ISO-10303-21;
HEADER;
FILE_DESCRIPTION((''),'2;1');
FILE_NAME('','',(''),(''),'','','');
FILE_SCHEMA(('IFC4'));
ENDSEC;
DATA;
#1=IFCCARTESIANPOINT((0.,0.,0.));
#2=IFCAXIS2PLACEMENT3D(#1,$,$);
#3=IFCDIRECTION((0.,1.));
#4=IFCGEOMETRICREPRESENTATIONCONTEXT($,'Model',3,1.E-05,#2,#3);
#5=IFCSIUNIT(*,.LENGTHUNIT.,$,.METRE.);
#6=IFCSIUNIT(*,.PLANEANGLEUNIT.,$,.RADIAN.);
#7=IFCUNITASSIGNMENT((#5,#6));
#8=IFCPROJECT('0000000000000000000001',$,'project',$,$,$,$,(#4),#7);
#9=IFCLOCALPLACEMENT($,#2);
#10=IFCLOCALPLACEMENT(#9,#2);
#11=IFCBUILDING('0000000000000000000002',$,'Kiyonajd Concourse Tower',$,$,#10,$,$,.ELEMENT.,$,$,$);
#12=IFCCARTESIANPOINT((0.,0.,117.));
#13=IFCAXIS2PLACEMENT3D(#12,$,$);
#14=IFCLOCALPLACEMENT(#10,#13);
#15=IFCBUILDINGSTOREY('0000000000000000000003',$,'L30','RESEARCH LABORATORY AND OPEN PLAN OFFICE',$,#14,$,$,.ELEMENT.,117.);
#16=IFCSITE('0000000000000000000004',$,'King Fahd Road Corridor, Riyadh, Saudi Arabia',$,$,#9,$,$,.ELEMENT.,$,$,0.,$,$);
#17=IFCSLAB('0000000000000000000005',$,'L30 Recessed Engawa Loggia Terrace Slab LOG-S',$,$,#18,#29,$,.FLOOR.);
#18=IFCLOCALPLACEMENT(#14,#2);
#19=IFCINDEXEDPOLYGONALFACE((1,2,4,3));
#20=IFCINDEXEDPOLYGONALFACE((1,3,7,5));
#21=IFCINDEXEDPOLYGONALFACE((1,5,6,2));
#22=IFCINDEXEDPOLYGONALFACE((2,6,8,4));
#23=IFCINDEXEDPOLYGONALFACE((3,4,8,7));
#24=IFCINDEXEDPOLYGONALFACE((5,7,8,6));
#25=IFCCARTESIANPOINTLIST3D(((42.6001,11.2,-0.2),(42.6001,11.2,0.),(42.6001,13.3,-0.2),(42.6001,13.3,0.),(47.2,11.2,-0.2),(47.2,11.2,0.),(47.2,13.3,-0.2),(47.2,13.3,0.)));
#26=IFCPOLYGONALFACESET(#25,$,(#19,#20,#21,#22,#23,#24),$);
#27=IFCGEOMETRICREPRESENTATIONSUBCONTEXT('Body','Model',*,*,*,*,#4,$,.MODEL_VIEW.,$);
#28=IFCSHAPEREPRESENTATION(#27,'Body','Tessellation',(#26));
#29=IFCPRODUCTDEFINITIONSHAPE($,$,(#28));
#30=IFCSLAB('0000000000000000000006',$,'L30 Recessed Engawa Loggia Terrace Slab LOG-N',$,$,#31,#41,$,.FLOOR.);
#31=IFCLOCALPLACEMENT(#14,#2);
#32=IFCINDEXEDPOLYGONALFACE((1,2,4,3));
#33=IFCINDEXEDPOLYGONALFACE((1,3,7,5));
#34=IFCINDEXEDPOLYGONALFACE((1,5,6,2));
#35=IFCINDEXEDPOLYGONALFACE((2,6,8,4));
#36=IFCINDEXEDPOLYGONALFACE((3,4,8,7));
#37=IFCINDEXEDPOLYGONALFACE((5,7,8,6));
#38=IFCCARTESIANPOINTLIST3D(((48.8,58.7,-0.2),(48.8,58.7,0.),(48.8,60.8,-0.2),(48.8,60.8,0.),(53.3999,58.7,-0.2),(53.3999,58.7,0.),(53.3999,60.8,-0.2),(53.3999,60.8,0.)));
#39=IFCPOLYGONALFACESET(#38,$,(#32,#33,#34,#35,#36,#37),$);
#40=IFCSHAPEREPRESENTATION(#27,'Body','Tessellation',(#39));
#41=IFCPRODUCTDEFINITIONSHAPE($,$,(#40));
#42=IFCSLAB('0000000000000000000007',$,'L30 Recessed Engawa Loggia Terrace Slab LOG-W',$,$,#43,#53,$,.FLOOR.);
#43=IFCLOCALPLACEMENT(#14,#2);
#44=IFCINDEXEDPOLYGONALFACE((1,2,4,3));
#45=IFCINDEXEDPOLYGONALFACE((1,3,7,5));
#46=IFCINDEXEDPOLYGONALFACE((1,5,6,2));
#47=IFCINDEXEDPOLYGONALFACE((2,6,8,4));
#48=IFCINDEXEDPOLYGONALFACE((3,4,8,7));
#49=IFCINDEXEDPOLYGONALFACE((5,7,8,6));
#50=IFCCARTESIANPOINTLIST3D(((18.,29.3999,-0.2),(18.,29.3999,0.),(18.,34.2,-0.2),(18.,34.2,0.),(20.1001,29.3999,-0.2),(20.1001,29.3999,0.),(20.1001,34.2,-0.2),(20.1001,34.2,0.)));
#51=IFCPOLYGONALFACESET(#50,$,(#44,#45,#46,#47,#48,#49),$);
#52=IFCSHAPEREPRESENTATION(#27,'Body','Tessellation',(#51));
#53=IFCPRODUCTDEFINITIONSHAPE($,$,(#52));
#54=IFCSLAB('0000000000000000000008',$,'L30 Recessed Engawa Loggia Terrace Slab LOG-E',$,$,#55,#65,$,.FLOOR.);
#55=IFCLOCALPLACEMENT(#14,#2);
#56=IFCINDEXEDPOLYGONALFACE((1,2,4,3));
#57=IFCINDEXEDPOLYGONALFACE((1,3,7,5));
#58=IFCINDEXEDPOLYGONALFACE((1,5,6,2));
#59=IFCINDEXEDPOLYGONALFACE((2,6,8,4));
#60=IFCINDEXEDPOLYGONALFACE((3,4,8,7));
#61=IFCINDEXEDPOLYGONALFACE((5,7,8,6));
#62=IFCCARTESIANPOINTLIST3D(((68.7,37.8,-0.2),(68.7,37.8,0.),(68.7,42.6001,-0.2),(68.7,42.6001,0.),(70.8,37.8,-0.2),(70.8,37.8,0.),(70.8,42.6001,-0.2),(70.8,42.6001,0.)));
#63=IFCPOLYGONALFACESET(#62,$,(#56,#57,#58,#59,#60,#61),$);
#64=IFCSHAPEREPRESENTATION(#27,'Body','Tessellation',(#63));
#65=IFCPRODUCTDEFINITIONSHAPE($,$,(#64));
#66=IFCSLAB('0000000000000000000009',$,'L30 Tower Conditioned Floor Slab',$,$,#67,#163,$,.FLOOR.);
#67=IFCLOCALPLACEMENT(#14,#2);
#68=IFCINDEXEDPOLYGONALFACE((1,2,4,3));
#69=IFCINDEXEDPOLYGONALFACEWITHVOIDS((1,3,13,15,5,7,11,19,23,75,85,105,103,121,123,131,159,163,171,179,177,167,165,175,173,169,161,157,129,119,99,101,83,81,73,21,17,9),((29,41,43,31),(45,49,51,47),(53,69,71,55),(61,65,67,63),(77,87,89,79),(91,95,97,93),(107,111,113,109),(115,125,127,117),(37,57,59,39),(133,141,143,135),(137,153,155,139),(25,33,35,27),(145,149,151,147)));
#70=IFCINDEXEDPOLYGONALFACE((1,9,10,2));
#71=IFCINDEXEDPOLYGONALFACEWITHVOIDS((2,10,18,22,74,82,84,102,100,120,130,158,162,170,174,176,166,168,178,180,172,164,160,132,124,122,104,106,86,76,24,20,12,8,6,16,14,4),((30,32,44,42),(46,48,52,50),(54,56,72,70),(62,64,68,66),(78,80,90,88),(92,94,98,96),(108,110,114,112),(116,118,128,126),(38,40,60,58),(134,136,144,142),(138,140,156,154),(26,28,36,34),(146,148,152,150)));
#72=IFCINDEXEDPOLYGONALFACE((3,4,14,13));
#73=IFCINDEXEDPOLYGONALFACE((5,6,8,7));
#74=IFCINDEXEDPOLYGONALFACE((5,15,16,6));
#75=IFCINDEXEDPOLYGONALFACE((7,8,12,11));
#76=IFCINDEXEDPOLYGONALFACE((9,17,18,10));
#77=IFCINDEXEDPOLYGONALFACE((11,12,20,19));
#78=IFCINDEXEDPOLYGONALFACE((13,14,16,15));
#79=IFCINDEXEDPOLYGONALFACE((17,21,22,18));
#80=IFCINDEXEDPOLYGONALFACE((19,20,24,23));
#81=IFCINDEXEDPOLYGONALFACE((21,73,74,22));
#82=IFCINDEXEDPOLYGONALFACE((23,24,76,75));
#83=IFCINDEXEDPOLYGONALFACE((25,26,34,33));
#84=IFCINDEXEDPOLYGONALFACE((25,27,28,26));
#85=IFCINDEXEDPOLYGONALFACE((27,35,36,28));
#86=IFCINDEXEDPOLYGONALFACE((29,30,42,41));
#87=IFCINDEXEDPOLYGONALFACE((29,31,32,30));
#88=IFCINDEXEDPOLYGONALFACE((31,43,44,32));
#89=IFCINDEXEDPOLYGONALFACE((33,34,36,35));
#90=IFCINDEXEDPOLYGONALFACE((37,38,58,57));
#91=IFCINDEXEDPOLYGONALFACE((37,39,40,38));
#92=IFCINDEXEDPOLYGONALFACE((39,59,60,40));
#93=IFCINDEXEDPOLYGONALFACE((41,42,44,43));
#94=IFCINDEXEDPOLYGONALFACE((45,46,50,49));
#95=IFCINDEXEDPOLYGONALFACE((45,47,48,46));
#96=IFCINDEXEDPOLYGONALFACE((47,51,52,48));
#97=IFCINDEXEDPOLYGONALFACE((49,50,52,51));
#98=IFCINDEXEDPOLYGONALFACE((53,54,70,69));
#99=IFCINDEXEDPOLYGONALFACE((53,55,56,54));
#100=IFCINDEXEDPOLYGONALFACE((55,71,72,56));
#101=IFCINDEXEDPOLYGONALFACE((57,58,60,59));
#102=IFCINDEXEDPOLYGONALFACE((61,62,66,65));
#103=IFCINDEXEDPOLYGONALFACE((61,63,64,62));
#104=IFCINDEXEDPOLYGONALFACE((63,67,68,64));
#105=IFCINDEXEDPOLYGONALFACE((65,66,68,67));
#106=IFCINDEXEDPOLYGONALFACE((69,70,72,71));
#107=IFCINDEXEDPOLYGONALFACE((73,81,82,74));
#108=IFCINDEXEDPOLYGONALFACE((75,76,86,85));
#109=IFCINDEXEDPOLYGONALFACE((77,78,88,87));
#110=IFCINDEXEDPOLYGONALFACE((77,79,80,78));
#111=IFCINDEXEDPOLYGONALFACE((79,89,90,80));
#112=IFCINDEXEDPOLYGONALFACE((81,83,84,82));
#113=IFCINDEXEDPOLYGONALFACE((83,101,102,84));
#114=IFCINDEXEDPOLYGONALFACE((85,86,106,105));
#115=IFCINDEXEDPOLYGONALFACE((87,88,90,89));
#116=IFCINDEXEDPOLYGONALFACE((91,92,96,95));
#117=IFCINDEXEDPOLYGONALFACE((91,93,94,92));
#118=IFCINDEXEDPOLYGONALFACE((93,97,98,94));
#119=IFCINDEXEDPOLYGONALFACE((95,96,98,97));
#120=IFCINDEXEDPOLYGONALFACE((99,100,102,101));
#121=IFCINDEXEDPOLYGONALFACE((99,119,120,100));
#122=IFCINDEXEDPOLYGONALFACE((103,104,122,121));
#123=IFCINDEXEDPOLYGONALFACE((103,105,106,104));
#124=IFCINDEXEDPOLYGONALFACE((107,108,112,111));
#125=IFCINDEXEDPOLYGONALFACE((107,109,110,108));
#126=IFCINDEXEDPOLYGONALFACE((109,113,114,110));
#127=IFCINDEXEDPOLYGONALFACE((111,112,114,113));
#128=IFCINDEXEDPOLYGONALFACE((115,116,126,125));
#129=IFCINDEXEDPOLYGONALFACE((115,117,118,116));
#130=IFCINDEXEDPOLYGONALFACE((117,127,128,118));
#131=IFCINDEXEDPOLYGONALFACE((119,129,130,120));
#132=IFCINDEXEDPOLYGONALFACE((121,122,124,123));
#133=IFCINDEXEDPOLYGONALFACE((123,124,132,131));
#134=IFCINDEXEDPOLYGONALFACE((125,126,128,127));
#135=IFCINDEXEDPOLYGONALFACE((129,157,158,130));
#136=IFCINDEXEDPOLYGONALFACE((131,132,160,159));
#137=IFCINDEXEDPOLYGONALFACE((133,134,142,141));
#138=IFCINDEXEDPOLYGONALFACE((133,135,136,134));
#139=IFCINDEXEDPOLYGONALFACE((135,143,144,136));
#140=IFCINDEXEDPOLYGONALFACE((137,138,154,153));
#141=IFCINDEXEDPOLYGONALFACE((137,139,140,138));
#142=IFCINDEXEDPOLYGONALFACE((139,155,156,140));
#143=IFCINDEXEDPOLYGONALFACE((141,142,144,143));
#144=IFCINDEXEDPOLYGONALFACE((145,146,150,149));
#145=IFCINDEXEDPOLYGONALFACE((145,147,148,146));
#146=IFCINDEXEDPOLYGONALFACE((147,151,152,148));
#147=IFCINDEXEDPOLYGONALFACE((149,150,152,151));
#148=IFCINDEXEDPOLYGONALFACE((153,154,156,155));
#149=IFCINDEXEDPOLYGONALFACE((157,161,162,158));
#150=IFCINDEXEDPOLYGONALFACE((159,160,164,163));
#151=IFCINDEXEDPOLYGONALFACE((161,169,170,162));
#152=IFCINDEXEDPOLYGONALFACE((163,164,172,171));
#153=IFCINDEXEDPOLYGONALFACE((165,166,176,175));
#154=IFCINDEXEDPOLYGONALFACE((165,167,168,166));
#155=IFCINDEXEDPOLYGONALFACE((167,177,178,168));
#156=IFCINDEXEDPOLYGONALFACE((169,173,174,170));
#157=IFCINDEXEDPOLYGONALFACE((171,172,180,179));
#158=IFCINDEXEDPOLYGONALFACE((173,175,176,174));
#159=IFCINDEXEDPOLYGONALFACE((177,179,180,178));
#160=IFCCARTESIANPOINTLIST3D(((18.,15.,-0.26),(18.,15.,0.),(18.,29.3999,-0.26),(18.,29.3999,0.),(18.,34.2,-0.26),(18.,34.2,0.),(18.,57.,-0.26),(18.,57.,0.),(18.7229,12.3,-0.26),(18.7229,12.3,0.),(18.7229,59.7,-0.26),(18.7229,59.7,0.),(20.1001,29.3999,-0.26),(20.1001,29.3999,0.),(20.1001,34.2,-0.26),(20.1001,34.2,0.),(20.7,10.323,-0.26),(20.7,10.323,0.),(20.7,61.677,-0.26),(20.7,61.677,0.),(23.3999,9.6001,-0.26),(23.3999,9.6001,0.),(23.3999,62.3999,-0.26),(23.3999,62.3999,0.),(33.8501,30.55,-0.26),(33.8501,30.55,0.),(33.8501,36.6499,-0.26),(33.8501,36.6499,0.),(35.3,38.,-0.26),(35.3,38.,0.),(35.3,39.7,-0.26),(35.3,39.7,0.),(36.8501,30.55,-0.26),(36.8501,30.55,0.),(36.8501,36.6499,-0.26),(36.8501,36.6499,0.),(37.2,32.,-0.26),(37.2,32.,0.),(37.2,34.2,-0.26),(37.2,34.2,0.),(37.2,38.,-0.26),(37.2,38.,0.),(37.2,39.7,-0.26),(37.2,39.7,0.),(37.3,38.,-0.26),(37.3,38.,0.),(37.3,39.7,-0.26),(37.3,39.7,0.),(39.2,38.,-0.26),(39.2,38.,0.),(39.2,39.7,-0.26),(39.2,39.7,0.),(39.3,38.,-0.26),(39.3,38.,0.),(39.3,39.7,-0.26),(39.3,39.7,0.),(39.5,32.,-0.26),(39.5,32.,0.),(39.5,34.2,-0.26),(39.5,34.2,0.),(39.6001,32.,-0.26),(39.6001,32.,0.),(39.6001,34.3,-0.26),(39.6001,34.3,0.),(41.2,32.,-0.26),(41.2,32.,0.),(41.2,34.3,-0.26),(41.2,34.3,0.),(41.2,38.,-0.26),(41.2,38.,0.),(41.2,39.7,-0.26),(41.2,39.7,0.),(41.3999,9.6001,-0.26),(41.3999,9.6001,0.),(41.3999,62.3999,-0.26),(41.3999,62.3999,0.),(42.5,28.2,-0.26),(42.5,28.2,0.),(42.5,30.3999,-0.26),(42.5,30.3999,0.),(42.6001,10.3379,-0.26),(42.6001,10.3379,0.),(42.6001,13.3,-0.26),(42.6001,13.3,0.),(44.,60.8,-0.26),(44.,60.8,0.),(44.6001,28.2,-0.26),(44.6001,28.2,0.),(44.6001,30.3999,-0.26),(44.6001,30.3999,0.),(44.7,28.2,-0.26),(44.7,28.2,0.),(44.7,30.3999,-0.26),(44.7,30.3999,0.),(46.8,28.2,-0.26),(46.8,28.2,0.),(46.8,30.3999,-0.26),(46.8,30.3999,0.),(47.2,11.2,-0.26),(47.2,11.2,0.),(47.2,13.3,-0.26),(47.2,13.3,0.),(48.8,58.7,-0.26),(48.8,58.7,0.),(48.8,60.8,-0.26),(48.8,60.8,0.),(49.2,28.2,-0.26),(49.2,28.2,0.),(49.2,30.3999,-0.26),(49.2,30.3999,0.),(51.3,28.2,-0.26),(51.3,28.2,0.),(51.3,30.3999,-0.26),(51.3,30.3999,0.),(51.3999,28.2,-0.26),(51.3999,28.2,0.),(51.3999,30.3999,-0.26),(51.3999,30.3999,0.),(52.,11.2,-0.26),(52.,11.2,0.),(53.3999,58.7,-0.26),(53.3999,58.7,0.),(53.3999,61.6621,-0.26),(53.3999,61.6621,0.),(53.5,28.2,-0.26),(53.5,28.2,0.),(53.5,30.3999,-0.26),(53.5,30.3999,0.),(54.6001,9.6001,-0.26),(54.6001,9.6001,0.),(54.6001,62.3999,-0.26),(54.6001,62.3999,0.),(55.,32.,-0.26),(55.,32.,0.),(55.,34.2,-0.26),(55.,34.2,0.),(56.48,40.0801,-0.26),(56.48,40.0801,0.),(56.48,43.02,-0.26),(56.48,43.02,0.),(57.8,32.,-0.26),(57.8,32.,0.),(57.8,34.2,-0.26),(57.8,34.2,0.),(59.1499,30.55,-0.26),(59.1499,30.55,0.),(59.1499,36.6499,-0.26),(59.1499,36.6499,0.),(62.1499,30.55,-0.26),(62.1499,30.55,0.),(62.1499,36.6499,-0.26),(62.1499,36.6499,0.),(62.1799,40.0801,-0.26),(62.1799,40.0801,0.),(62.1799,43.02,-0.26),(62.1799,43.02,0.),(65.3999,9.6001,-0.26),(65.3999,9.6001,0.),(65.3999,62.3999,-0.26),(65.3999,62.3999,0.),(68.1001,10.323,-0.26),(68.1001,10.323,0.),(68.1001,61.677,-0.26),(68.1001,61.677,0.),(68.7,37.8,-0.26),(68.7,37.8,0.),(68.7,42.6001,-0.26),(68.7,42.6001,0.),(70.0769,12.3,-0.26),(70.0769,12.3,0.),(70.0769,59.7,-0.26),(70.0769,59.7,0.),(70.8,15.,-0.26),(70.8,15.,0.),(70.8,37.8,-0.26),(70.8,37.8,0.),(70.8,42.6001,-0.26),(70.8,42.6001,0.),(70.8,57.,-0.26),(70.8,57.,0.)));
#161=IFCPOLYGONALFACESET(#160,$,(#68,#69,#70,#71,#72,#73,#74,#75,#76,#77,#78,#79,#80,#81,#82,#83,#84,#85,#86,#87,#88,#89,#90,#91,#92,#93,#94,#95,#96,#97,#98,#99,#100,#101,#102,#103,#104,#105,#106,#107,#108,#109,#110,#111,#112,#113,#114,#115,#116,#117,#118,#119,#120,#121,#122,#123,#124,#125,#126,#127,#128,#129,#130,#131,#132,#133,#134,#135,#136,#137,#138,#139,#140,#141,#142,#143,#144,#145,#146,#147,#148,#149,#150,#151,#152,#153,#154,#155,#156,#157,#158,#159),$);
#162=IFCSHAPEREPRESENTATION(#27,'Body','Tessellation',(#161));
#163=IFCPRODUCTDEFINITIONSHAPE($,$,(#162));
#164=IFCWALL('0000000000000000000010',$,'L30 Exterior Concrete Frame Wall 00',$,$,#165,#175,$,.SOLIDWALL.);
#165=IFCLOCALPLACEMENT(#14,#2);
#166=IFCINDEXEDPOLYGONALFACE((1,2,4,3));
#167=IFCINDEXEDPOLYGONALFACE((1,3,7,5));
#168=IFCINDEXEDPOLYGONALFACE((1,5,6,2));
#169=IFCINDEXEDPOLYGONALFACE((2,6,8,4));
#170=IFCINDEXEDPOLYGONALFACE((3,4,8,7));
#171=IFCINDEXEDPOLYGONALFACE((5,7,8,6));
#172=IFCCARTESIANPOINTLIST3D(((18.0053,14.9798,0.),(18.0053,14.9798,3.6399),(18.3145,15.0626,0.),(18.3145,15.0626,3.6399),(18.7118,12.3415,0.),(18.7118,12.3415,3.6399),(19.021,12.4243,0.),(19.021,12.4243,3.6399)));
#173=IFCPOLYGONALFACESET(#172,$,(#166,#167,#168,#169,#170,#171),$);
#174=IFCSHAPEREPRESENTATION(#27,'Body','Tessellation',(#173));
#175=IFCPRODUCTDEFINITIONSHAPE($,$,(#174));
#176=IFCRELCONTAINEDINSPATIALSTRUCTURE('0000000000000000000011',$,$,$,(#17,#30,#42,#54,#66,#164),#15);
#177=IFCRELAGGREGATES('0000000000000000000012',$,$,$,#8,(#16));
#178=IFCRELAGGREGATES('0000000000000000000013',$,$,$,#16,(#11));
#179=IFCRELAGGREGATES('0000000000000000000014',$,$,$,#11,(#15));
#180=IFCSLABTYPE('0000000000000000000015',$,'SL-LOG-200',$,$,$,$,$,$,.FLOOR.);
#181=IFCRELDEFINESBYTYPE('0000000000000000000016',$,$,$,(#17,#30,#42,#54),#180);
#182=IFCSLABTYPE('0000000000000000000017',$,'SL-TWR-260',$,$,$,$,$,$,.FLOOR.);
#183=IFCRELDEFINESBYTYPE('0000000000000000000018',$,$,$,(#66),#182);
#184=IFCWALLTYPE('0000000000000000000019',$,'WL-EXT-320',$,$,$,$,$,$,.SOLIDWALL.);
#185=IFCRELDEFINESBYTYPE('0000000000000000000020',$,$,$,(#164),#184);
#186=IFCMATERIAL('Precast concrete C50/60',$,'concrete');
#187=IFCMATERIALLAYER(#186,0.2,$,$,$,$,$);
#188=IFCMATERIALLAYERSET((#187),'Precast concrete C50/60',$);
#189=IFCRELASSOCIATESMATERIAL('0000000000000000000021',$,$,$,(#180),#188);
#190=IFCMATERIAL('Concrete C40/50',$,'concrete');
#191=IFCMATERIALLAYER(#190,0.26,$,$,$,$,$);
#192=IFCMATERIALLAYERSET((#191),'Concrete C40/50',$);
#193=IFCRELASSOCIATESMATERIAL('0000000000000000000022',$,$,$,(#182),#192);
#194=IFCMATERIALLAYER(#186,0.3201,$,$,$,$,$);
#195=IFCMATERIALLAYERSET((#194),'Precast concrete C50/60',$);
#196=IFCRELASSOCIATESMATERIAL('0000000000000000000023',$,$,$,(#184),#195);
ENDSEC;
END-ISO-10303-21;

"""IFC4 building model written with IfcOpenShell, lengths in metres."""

from ifc_helpers import new_model, si_unit, direction, frame, frame_2d, origin, place, context, subcontext, project, spatial, polyline, rectangle, outline, extrude, material, layer, layer_set, type_object, element, save


model = new_model("IFC4")

# Units and contexts
model_context = context("Model", 3, precision=1e-05, world=origin(), true_north=direction((0.0, 1.0)))
body_context = subcontext(model_context, "Body", "Model", "MODEL_VIEW")
ifc_project = project(units=[si_unit("LENGTHUNIT", "METRE"), si_unit("PLANEANGLEUNIT", "RADIAN")], contexts=[model_context])

# Site, building, storey
site_placement = place(None, origin())
site = spatial("IfcSite", under=ifc_project, at=site_placement, Name="King Fahd Road Corridor, Riyadh, Saudi Arabia", CompositionType="ELEMENT", RefElevation=0.0)
building_placement = place(site_placement, origin())
building = spatial("IfcBuilding", under=site, at=building_placement, Name="Kiyonajd Concourse Tower", CompositionType="ELEMENT")
storey_placement = place(building_placement, frame((0.0, 0.0, 117.0)))
storey = spatial("IfcBuildingStorey", under=building, at=storey_placement, Name="L30", Description="RESEARCH LABORATORY AND OPEN PLAN OFFICE", CompositionType="ELEMENT", Elevation=117.0)

# Shared definitions
ifc_material_1 = material(Name="Precast concrete C50/60", Category="concrete")

# Shared definitions
ifc_material_2 = material(Name="Concrete C40/50", Category="concrete")

# Slabs
ifc_layer_1 = layer(ifc_material_1, 0.2)
ifc_layer_set_1 = layer_set([ifc_layer_1], Name="Precast concrete C50/60")
slab_type_1 = type_object("IfcSlabType", Name="SL-LOG-200", PredefinedType="FLOOR", material=ifc_layer_set_1)
slab_1_placement = place(storey_placement, frame((0.0, 0.0, -0.2)))
element("IfcSlab", 1, at=slab_1_placement, inside=storey, type_object=slab_type_1, Name="L30 Recessed Engawa Loggia Terrace Slab LOG-S", PredefinedType="FLOOR", context=body_context, shape_type="SweptSolid", body=[
    extrude(outline(polyline([(42.6001, 11.2), (47.2, 11.2), (47.2, 13.3), (42.6001, 13.3), (42.6001, 11.2)])), origin(), (0.0, 0.0, 1.0), 0.2),
])
slab_2_placement = place(storey_placement, frame((0.0, 0.0, -0.2)))
element("IfcSlab", 2, at=slab_2_placement, inside=storey, type_object=slab_type_1, Name="L30 Recessed Engawa Loggia Terrace Slab LOG-N", PredefinedType="FLOOR", context=body_context, shape_type="SweptSolid", body=[
    extrude(outline(polyline([(48.8, 58.7), (53.3999, 58.7), (53.3999, 60.8), (48.8, 60.8), (48.8, 58.7)])), origin(), (0.0, 0.0, 1.0), 0.2),
])
slab_3_placement = place(storey_placement, frame((0.0, 0.0, -0.2)))
element("IfcSlab", 3, at=slab_3_placement, inside=storey, type_object=slab_type_1, Name="L30 Recessed Engawa Loggia Terrace Slab LOG-W", PredefinedType="FLOOR", context=body_context, shape_type="SweptSolid", body=[
    extrude(outline(polyline([(18.0, 29.3999), (20.1001, 29.3999), (20.1001, 34.2), (18.0, 34.2), (18.0, 29.3999)])), origin(), (0.0, 0.0, 1.0), 0.2),
])
slab_4_placement = place(storey_placement, frame((0.0, 0.0, -0.2)))
element("IfcSlab", 4, at=slab_4_placement, inside=storey, type_object=slab_type_1, Name="L30 Recessed Engawa Loggia Terrace Slab LOG-E", PredefinedType="FLOOR", context=body_context, shape_type="SweptSolid", body=[
    extrude(outline(polyline([(68.7, 37.8), (70.8, 37.8), (70.8, 42.6001), (68.7, 42.6001), (68.7, 37.8)])), origin(), (0.0, 0.0, 1.0), 0.2),
])
ifc_layer_2 = layer(ifc_material_2, 0.26)
ifc_layer_set_2 = layer_set([ifc_layer_2], Name="Concrete C40/50")
slab_type_2 = type_object("IfcSlabType", Name="SL-TWR-260", PredefinedType="FLOOR", material=ifc_layer_set_2)
slab_5_placement = place(storey_placement, frame((0.0, 0.0, -0.26)))
element("IfcSlab", 5, at=slab_5_placement, inside=storey, type_object=slab_type_2, Name="L30 Tower Conditioned Floor Slab", PredefinedType="FLOOR", context=body_context, shape_type="SweptSolid", body=[
    extrude(outline(polyline([(18.7229, 12.3), (18.0, 15.0), (18.0, 29.3999), (20.1001, 29.3999), (20.1001, 34.2), (18.0, 34.2), (18.0, 57.0), (18.7229, 59.7), (20.7, 61.677), (23.3999, 62.3999), (41.3999, 62.3999), (44.0, 60.8), (48.8, 60.8), (48.8, 58.7), (53.3999, 58.7), (53.3999, 61.6621), (54.6001, 62.3999), (65.3999, 62.3999), (68.1001, 61.677), (70.0769, 59.7), (70.8, 57.0), (70.8, 42.6001), (68.7, 42.6001), (68.7, 37.8), (70.8, 37.8), (70.8, 15.0), (70.0769, 12.3), (68.1001, 10.323), (65.3999, 9.6001), (54.6001, 9.6001), (52.0, 11.2), (47.2, 11.2), (47.2, 13.3), (42.6001, 13.3), (42.6001, 10.3379), (41.3999, 9.6001), (23.3999, 9.6001), (20.7, 10.323), (18.7229, 12.3)]), holes=[polyline([(44.6001, 28.2), (42.5, 28.2), (42.5, 30.3999), (44.6001, 30.3999), (44.6001, 28.2)]), polyline([(37.2, 32.0), (37.2, 34.2), (39.5, 34.2), (39.5, 32.0), (37.2, 32.0)]), polyline([(39.6001, 32.0), (39.6001, 34.3), (41.2, 34.3), (41.2, 32.0), (39.6001, 32.0)]), polyline([(36.8501, 30.55), (33.8501, 30.55), (33.8501, 36.6499), (36.8501, 36.6499), (36.8501, 30.55)]), polyline([(35.3, 38.0), (35.3, 39.7), (37.2, 39.7), (37.2, 38.0), (35.3, 38.0)]), polyline([(37.3, 38.0), (37.3, 39.7), (39.2, 39.7), (39.2, 38.0), (37.3, 38.0)]), polyline([(41.2, 38.0), (39.3, 38.0), (39.3, 39.7), (41.2, 39.7), (41.2, 38.0)]), polyline([(44.7, 28.2), (44.7, 30.3999), (46.8, 30.3999), (46.8, 28.2), (44.7, 28.2)]), polyline([(49.2, 28.2), (49.2, 30.3999), (51.3, 30.3999), (51.3, 28.2), (49.2, 28.2)]), polyline([(51.3999, 28.2), (51.3999, 30.3999), (53.5, 30.3999), (53.5, 28.2), (51.3999, 28.2)]), polyline([(55.0, 32.0), (55.0, 34.2), (57.8, 34.2), (57.8, 32.0), (55.0, 32.0)]), polyline([(59.1499, 30.55), (59.1499, 36.6499), (62.1499, 36.6499), (62.1499, 30.55), (59.1499, 30.55)]), polyline([(56.48, 43.02), (62.1799, 43.02), (62.1799, 40.0801), (56.48, 40.0801), (56.48, 43.02)])]), origin(), (0.0, 0.0, 1.0), 0.26),
])

# Wall
ifc_layer_3 = layer(ifc_material_1, 0.3201)
ifc_layer_set_3 = layer_set([ifc_layer_3], Name="Precast concrete C50/60")
wall_type_1 = type_object("IfcWallType", Name="WL-EXT-320", PredefinedType="SOLIDWALL", material=ifc_layer_set_3)
wall_1_placement = place(storey_placement, frame((18.8665, 12.3828, 0.0), z_axis=(0.0, 0.0, 1.0), x_axis=(-0.258697, 0.965958, 0.0)))
element("IfcWall", 6, at=wall_1_placement, inside=storey, type_object=wall_type_1, Name="L30 Exterior Concrete Frame Wall 00", PredefinedType="SOLIDWALL", context=body_context, shape_type="SweptSolid", body=[
    extrude(rectangle(XDim=2.7312, YDim=0.3201, at=frame_2d((1.3657, 0.0))), origin(), (0.0, 0.0, 1.0), 3.6399),
])

save(model, "model.ifc")
